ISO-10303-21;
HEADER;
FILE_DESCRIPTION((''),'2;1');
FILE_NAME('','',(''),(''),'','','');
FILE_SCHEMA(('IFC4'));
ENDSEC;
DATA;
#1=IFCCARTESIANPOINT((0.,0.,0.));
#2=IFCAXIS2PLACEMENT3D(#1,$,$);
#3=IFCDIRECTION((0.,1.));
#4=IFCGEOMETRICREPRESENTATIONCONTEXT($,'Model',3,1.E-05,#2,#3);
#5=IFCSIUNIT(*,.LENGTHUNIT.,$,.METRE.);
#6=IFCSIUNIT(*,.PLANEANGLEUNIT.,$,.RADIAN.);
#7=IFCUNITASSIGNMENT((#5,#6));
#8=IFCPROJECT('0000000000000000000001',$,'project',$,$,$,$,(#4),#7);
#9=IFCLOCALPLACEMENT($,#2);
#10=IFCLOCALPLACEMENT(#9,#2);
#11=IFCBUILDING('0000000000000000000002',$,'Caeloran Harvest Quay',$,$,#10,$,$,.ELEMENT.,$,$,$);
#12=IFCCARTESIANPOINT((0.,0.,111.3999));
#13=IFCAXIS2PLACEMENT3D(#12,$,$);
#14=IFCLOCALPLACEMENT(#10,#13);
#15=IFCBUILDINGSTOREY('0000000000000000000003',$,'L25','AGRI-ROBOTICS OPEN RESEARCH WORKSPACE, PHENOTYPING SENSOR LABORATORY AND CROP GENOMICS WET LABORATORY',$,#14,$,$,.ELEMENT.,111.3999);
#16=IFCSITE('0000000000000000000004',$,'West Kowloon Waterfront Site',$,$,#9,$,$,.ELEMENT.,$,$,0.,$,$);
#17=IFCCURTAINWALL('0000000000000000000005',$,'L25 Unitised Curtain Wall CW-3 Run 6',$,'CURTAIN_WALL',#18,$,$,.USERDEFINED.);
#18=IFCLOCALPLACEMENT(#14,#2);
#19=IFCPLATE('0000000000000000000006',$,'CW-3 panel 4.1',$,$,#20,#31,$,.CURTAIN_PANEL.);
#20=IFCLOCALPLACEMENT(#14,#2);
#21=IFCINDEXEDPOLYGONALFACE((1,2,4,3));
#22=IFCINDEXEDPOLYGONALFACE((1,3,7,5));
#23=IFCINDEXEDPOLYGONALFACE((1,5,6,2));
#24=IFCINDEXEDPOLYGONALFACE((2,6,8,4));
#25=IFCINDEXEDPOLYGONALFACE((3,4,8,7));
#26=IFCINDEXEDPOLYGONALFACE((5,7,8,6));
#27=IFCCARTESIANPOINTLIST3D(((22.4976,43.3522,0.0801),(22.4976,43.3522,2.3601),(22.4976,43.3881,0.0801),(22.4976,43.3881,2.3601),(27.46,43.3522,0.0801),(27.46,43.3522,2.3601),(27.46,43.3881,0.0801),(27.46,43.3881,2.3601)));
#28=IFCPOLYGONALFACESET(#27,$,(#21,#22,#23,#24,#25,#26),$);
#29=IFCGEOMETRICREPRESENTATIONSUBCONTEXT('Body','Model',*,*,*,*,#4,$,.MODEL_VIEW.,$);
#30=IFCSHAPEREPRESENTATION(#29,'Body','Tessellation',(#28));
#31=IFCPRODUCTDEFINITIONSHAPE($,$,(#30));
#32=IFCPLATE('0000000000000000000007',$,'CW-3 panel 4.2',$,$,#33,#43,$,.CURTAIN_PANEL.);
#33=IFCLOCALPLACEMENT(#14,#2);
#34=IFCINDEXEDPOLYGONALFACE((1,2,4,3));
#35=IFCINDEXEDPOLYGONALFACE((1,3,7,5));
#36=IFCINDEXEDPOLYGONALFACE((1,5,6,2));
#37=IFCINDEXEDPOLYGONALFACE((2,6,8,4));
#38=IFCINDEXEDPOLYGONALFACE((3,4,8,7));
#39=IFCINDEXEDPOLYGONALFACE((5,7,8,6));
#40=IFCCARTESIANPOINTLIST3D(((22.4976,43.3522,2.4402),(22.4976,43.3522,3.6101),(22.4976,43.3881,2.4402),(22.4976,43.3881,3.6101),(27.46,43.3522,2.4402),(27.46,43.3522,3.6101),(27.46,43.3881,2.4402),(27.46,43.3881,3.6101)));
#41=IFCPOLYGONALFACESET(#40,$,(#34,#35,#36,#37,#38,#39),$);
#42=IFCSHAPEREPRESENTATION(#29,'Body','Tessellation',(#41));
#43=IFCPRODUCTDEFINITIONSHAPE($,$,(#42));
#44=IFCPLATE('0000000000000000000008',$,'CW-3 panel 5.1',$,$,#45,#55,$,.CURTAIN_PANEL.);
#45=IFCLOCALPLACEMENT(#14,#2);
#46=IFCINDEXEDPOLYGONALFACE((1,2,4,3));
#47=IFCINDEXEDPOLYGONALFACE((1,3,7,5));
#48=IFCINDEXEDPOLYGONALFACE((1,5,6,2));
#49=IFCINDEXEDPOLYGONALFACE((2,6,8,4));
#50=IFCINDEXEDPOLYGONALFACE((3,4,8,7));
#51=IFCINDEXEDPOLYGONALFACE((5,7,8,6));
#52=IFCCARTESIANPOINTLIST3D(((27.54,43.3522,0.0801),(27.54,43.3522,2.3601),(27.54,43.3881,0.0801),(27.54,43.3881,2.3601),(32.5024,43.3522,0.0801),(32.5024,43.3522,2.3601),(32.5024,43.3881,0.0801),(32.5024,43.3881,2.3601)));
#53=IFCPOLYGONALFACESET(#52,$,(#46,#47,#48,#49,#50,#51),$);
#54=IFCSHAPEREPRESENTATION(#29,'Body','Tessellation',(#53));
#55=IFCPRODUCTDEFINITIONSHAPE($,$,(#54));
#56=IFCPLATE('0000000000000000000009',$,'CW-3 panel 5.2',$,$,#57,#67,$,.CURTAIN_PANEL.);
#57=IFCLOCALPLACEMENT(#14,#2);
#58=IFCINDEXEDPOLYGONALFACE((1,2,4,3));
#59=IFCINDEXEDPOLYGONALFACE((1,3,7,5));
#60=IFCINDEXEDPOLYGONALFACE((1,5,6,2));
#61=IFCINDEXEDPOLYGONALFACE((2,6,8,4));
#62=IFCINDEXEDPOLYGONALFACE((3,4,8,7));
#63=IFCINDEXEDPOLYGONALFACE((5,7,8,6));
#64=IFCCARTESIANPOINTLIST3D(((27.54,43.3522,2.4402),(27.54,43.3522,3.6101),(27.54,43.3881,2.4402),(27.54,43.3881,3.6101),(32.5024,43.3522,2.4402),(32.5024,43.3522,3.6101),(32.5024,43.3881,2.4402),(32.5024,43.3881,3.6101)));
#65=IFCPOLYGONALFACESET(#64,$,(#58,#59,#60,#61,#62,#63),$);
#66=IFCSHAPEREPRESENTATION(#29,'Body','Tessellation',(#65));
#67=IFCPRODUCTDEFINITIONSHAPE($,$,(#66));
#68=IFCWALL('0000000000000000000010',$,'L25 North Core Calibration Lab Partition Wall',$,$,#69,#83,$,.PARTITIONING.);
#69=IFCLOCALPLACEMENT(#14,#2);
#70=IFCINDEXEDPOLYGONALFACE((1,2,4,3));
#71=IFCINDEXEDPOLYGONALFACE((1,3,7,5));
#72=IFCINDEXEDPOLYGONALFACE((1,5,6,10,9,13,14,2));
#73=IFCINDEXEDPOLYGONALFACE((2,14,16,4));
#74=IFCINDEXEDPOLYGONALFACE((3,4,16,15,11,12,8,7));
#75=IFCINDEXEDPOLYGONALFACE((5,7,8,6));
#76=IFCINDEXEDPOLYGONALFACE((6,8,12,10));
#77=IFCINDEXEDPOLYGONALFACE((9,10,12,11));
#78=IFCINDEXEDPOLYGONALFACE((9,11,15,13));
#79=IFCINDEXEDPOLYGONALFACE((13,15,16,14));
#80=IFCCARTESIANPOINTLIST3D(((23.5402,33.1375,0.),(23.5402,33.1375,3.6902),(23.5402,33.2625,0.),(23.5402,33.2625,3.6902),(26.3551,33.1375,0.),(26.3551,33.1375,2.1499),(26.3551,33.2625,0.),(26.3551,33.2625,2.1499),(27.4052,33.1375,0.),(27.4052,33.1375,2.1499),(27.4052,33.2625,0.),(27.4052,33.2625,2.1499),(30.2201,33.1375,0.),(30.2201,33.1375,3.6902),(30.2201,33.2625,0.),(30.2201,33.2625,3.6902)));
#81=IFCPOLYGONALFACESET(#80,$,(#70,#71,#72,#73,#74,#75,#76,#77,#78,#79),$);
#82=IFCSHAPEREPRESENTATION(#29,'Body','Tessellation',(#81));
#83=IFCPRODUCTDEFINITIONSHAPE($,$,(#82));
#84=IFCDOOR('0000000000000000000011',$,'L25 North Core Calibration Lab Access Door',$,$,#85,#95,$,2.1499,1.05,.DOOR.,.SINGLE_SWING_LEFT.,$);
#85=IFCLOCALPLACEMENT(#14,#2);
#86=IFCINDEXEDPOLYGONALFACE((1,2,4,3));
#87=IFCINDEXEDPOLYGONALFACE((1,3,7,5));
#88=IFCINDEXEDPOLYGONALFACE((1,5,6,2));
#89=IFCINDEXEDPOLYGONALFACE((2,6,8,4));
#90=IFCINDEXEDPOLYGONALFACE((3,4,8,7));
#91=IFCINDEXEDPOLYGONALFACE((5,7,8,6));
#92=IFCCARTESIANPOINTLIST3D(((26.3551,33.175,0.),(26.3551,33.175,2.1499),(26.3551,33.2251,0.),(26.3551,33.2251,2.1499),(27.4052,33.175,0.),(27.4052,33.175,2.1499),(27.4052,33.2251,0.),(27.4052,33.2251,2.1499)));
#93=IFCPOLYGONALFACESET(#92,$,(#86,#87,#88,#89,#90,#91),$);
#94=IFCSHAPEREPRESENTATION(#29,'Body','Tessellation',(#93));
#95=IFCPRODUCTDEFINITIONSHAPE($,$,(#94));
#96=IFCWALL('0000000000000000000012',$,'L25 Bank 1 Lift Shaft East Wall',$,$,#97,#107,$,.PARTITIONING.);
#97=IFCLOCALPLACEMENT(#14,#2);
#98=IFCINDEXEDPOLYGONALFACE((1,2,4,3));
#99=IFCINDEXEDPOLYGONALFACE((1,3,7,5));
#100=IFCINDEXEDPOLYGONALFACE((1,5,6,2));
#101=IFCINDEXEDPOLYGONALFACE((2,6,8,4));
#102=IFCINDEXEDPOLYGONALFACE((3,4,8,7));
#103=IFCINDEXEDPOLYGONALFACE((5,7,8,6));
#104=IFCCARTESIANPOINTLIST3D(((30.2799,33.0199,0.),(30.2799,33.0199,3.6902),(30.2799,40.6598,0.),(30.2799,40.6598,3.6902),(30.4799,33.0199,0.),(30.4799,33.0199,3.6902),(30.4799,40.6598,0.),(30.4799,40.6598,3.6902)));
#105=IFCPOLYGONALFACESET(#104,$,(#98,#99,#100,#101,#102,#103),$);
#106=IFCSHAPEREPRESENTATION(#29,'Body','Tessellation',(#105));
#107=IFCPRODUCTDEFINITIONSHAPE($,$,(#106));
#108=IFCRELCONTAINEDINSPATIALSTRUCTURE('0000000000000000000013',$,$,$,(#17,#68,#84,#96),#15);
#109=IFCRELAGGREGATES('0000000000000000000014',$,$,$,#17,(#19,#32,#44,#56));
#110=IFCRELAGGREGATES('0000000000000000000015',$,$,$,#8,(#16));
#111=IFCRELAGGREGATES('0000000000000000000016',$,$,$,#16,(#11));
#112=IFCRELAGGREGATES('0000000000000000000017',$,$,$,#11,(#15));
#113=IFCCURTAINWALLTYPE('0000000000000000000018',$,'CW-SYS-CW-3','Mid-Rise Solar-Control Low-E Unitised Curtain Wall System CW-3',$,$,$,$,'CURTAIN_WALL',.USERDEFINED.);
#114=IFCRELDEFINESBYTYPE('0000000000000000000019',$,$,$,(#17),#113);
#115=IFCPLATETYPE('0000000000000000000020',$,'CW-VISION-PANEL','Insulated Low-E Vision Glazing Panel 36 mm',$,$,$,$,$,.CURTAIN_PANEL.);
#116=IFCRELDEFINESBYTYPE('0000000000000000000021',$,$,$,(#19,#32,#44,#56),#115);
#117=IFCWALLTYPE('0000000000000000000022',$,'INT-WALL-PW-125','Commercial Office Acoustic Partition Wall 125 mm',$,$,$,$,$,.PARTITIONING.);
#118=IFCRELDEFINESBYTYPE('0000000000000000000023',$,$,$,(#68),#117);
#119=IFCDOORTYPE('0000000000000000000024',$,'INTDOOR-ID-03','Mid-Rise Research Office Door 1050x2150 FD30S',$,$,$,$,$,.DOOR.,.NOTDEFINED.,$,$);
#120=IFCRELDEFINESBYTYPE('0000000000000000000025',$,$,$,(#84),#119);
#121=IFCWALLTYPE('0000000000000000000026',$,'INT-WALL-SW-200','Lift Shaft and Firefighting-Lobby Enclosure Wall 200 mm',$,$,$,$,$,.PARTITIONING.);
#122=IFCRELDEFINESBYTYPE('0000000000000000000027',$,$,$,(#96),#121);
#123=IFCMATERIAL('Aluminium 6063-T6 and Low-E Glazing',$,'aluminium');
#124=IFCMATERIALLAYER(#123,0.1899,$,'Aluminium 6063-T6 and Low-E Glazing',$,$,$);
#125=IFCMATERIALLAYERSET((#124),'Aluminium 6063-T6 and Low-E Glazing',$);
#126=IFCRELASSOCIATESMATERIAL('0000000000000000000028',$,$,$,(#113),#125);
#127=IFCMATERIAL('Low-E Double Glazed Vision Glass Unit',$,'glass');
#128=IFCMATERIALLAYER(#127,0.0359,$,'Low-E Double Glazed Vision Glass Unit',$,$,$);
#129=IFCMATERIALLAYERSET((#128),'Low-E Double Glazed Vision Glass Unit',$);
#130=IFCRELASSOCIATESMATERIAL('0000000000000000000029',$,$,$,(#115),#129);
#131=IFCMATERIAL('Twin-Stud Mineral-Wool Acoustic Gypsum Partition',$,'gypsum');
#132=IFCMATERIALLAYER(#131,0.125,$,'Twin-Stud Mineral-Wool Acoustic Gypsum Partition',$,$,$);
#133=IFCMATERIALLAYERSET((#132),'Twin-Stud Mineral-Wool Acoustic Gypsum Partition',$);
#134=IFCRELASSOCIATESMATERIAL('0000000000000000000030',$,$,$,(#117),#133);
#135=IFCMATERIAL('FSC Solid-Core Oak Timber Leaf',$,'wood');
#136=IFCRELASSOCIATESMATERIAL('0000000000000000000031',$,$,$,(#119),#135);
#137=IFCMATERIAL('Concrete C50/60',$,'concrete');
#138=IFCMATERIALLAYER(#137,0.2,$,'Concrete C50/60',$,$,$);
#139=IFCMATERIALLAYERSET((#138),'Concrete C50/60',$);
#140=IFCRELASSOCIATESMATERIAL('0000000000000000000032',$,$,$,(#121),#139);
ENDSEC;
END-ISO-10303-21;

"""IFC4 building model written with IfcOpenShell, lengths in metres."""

from ifc_helpers import new_model, si_unit, direction, frame, frame_2d, origin, origin_2d, place, context, subcontext, project, spatial, rectangle, extrude, material, layer, layer_set, type_object, element, fill, aggregate, save


model = new_model("IFC4")

# Units and contexts
model_context = context("Model", 3, precision=1e-05, world=origin(), true_north=direction((0.0, 1.0)))
body_context = subcontext(model_context, "Body", "Model", "MODEL_VIEW")
ifc_project = project(units=[si_unit("LENGTHUNIT", "METRE"), si_unit("PLANEANGLEUNIT", "RADIAN")], contexts=[model_context])

# Site, building, storey
site_placement = place(None, origin())
site = spatial("IfcSite", under=ifc_project, at=site_placement, Name="West Kowloon Waterfront Site", CompositionType="ELEMENT", RefElevation=0.0)
building_placement = place(site_placement, origin())
building = spatial("IfcBuilding", under=site, at=building_placement, Name="Caeloran Harvest Quay", CompositionType="ELEMENT")
storey_placement = place(building_placement, frame((0.0, 0.0, 111.3999)))
storey = spatial("IfcBuildingStorey", under=building, at=storey_placement, Name="L25", Description="AGRI-ROBOTICS OPEN RESEARCH WORKSPACE, PHENOTYPING SENSOR LABORATORY AND CROP GENOMICS WET LABORATORY", CompositionType="ELEMENT", Elevation=111.3999)

# Curtain wall, plates
ifc_material_1 = material(Name="Aluminium 6063-T6 and Low-E Glazing", Category="aluminium")
ifc_layer_1 = layer(ifc_material_1, 0.1899, Name="Aluminium 6063-T6 and Low-E Glazing")
ifc_layer_set_1 = layer_set([ifc_layer_1], Name="Aluminium 6063-T6 and Low-E Glazing")
curtain_wall_type = type_object("IfcCurtainWallType", Name="CW-SYS-CW-3", Description="Mid-Rise Solar-Control Low-E Unitised Curtain Wall System CW-3", ElementType="CURTAIN_WALL", PredefinedType="USERDEFINED", material=ifc_layer_set_1)
curtain_wall_placement = place(storey_placement, origin())
curtain_wall = element("IfcCurtainWall", 1, at=curtain_wall_placement, inside=storey, type_object=curtain_wall_type, Name="L25 Unitised Curtain Wall CW-3 Run 6", ObjectType="CURTAIN_WALL", PredefinedType="USERDEFINED")
ifc_material_2 = material(Name="Low-E Double Glazed Vision Glass Unit", Category="glass")
ifc_layer_2 = layer(ifc_material_2, 0.0359, Name="Low-E Double Glazed Vision Glass Unit")
ifc_layer_set_2 = layer_set([ifc_layer_2], Name="Low-E Double Glazed Vision Glass Unit")
plate_type = type_object("IfcPlateType", Name="CW-VISION-PANEL", Description="Insulated Low-E Vision Glazing Panel 36 mm", PredefinedType="CURTAIN_PANEL", material=ifc_layer_set_2)
plate_1_placement = place(storey_placement, frame((24.9788, 43.3701, 0.0801), z_axis=(0.0, 0.0, 1.0), x_axis=(1.0, 0.0, 0.0)))
plate_1 = element("IfcPlate", 2, at=plate_1_placement, type_object=plate_type, Name="CW-3 panel 4.1", PredefinedType="CURTAIN_PANEL", context=body_context, shape_type="SweptSolid", body=[
    extrude(rectangle(XDim=4.9624, YDim=0.0359, at=origin_2d()), origin(), (0.0, 0.0, 1.0), 2.28),
])
plate_2_placement = place(storey_placement, frame((24.9788, 43.3701, 2.4402), z_axis=(0.0, 0.0, 1.0), x_axis=(1.0, 0.0, 0.0)))
plate_2 = element("IfcPlate", 3, at=plate_2_placement, type_object=plate_type, Name="CW-3 panel 4.2", PredefinedType="CURTAIN_PANEL", context=body_context, shape_type="SweptSolid", body=[
    extrude(rectangle(XDim=4.9624, YDim=0.0359, at=origin_2d()), origin(), (0.0, 0.0, 1.0), 1.1699),
])
plate_3_placement = place(storey_placement, frame((30.0212, 43.3701, 0.0801), z_axis=(0.0, 0.0, 1.0), x_axis=(1.0, 0.0, 0.0)))
plate_3 = element("IfcPlate", 4, at=plate_3_placement, type_object=plate_type, Name="CW-3 panel 5.1", PredefinedType="CURTAIN_PANEL", context=body_context, shape_type="SweptSolid", body=[
    extrude(rectangle(XDim=4.9624, YDim=0.0359, at=origin_2d()), origin(), (0.0, 0.0, 1.0), 2.28),
])
plate_4_placement = place(storey_placement, frame((30.0212, 43.3701, 2.4402), z_axis=(0.0, 0.0, 1.0), x_axis=(1.0, 0.0, 0.0)))
plate_4 = element("IfcPlate", 5, at=plate_4_placement, type_object=plate_type, Name="CW-3 panel 5.2", PredefinedType="CURTAIN_PANEL", context=body_context, shape_type="SweptSolid", body=[
    extrude(rectangle(XDim=4.9624, YDim=0.0359, at=origin_2d()), origin(), (0.0, 0.0, 1.0), 1.1699),
])
aggregate(curtain_wall, [plate_1, plate_2, plate_3, plate_4])

# Wall, opening, door
ifc_material_3 = material(Name="Twin-Stud Mineral-Wool Acoustic Gypsum Partition", Category="gypsum")
ifc_layer_3 = layer(ifc_material_3, 0.125, Name="Twin-Stud Mineral-Wool Acoustic Gypsum Partition")
ifc_layer_set_3 = layer_set([ifc_layer_3], Name="Twin-Stud Mineral-Wool Acoustic Gypsum Partition")
wall_type_1 = type_object("IfcWallType", Name="INT-WALL-PW-125", Description="Commercial Office Acoustic Partition Wall 125 mm", PredefinedType="PARTITIONING", material=ifc_layer_set_3)
wall_1_placement = place(storey_placement, frame((30.22, 33.2, 0.0), z_axis=(0.0, 0.0, 1.0), x_axis=(-1.0, 0.0, 0.0)))
wall_1 = element("IfcWall", 6, at=wall_1_placement, inside=storey, type_object=wall_type_1, Name="L25 North Core Calibration Lab Partition Wall", PredefinedType="PARTITIONING", context=body_context, shape_type="SweptSolid", body=[
    extrude(rectangle(XDim=6.6799, YDim=0.125, at=frame_2d((3.3398, 0.0))), origin(), (0.0, 0.0, 1.0), 3.6902),
])
opening_1_placement = place(wall_1_placement, frame((2.8149, 0.0, 0.0)))
opening_1 = element("IfcOpeningElement", 7, at=opening_1_placement, cuts=wall_1, PredefinedType="OPENING", context=body_context, shape_type="SweptSolid", body=[
    extrude(rectangle(XDim=1.05, YDim=2.1499, at=frame_2d((0.5249, 1.075))), frame((0.0, 0.0725, 0.0), z_axis=(0.0, -1.0, 0.0), x_axis=(1.0, 0.0, 0.0)), (0.0, 0.0, 1.0), 0.145),
])
ifc_material_4 = material(Name="FSC Solid-Core Oak Timber Leaf", Category="wood")
door_type_1 = type_object("IfcDoorType", Name="INTDOOR-ID-03", Description="Mid-Rise Research Office Door 1050x2150 FD30S", OperationType="NOTDEFINED", PredefinedType="DOOR", material=ifc_material_4)
door_1_placement = place(opening_1_placement, origin())
door_1 = element("IfcDoor", 8, at=door_1_placement, inside=storey, type_object=door_type_1, Name="L25 North Core Calibration Lab Access Door", OperationType="SINGLE_SWING_LEFT", OverallHeight=2.1499, OverallWidth=1.05, PredefinedType="DOOR", context=body_context, shape_type="SweptSolid", body=[
    extrude(rectangle(XDim=1.05, YDim=2.1499, at=frame_2d((0.5249, 1.075))), frame((0.0, 0.0249, 0.0), z_axis=(0.0, -1.0, 0.0), x_axis=(1.0, 0.0, 0.0)), (0.0, 0.0, 1.0), 0.05),
])
fill(opening_1, door_1)

# Wall
ifc_material_5 = material(Name="Concrete C50/60", Category="concrete")
ifc_layer_4 = layer(ifc_material_5, 0.2, Name="Concrete C50/60")
ifc_layer_set_4 = layer_set([ifc_layer_4], Name="Concrete C50/60")
wall_type_2 = type_object("IfcWallType", Name="INT-WALL-SW-200", Description="Lift Shaft and Firefighting-Lobby Enclosure Wall 200 mm", PredefinedType="PARTITIONING", material=ifc_layer_set_4)
wall_2_placement = place(storey_placement, frame((30.3799, 33.02, 0.0), z_axis=(0.0, 0.0, 1.0), x_axis=(0.0, 1.0, 0.0)))
element("IfcWall", 9, at=wall_2_placement, inside=storey, type_object=wall_type_2, Name="L25 Bank 1 Lift Shaft East Wall", PredefinedType="PARTITIONING", context=body_context, shape_type="SweptSolid", body=[
    extrude(rectangle(XDim=7.6399, YDim=0.2, at=frame_2d((3.8198, 0.0))), origin(), (0.0, 0.0, 1.0), 3.6902),
])

save(model, "model.ifc")
